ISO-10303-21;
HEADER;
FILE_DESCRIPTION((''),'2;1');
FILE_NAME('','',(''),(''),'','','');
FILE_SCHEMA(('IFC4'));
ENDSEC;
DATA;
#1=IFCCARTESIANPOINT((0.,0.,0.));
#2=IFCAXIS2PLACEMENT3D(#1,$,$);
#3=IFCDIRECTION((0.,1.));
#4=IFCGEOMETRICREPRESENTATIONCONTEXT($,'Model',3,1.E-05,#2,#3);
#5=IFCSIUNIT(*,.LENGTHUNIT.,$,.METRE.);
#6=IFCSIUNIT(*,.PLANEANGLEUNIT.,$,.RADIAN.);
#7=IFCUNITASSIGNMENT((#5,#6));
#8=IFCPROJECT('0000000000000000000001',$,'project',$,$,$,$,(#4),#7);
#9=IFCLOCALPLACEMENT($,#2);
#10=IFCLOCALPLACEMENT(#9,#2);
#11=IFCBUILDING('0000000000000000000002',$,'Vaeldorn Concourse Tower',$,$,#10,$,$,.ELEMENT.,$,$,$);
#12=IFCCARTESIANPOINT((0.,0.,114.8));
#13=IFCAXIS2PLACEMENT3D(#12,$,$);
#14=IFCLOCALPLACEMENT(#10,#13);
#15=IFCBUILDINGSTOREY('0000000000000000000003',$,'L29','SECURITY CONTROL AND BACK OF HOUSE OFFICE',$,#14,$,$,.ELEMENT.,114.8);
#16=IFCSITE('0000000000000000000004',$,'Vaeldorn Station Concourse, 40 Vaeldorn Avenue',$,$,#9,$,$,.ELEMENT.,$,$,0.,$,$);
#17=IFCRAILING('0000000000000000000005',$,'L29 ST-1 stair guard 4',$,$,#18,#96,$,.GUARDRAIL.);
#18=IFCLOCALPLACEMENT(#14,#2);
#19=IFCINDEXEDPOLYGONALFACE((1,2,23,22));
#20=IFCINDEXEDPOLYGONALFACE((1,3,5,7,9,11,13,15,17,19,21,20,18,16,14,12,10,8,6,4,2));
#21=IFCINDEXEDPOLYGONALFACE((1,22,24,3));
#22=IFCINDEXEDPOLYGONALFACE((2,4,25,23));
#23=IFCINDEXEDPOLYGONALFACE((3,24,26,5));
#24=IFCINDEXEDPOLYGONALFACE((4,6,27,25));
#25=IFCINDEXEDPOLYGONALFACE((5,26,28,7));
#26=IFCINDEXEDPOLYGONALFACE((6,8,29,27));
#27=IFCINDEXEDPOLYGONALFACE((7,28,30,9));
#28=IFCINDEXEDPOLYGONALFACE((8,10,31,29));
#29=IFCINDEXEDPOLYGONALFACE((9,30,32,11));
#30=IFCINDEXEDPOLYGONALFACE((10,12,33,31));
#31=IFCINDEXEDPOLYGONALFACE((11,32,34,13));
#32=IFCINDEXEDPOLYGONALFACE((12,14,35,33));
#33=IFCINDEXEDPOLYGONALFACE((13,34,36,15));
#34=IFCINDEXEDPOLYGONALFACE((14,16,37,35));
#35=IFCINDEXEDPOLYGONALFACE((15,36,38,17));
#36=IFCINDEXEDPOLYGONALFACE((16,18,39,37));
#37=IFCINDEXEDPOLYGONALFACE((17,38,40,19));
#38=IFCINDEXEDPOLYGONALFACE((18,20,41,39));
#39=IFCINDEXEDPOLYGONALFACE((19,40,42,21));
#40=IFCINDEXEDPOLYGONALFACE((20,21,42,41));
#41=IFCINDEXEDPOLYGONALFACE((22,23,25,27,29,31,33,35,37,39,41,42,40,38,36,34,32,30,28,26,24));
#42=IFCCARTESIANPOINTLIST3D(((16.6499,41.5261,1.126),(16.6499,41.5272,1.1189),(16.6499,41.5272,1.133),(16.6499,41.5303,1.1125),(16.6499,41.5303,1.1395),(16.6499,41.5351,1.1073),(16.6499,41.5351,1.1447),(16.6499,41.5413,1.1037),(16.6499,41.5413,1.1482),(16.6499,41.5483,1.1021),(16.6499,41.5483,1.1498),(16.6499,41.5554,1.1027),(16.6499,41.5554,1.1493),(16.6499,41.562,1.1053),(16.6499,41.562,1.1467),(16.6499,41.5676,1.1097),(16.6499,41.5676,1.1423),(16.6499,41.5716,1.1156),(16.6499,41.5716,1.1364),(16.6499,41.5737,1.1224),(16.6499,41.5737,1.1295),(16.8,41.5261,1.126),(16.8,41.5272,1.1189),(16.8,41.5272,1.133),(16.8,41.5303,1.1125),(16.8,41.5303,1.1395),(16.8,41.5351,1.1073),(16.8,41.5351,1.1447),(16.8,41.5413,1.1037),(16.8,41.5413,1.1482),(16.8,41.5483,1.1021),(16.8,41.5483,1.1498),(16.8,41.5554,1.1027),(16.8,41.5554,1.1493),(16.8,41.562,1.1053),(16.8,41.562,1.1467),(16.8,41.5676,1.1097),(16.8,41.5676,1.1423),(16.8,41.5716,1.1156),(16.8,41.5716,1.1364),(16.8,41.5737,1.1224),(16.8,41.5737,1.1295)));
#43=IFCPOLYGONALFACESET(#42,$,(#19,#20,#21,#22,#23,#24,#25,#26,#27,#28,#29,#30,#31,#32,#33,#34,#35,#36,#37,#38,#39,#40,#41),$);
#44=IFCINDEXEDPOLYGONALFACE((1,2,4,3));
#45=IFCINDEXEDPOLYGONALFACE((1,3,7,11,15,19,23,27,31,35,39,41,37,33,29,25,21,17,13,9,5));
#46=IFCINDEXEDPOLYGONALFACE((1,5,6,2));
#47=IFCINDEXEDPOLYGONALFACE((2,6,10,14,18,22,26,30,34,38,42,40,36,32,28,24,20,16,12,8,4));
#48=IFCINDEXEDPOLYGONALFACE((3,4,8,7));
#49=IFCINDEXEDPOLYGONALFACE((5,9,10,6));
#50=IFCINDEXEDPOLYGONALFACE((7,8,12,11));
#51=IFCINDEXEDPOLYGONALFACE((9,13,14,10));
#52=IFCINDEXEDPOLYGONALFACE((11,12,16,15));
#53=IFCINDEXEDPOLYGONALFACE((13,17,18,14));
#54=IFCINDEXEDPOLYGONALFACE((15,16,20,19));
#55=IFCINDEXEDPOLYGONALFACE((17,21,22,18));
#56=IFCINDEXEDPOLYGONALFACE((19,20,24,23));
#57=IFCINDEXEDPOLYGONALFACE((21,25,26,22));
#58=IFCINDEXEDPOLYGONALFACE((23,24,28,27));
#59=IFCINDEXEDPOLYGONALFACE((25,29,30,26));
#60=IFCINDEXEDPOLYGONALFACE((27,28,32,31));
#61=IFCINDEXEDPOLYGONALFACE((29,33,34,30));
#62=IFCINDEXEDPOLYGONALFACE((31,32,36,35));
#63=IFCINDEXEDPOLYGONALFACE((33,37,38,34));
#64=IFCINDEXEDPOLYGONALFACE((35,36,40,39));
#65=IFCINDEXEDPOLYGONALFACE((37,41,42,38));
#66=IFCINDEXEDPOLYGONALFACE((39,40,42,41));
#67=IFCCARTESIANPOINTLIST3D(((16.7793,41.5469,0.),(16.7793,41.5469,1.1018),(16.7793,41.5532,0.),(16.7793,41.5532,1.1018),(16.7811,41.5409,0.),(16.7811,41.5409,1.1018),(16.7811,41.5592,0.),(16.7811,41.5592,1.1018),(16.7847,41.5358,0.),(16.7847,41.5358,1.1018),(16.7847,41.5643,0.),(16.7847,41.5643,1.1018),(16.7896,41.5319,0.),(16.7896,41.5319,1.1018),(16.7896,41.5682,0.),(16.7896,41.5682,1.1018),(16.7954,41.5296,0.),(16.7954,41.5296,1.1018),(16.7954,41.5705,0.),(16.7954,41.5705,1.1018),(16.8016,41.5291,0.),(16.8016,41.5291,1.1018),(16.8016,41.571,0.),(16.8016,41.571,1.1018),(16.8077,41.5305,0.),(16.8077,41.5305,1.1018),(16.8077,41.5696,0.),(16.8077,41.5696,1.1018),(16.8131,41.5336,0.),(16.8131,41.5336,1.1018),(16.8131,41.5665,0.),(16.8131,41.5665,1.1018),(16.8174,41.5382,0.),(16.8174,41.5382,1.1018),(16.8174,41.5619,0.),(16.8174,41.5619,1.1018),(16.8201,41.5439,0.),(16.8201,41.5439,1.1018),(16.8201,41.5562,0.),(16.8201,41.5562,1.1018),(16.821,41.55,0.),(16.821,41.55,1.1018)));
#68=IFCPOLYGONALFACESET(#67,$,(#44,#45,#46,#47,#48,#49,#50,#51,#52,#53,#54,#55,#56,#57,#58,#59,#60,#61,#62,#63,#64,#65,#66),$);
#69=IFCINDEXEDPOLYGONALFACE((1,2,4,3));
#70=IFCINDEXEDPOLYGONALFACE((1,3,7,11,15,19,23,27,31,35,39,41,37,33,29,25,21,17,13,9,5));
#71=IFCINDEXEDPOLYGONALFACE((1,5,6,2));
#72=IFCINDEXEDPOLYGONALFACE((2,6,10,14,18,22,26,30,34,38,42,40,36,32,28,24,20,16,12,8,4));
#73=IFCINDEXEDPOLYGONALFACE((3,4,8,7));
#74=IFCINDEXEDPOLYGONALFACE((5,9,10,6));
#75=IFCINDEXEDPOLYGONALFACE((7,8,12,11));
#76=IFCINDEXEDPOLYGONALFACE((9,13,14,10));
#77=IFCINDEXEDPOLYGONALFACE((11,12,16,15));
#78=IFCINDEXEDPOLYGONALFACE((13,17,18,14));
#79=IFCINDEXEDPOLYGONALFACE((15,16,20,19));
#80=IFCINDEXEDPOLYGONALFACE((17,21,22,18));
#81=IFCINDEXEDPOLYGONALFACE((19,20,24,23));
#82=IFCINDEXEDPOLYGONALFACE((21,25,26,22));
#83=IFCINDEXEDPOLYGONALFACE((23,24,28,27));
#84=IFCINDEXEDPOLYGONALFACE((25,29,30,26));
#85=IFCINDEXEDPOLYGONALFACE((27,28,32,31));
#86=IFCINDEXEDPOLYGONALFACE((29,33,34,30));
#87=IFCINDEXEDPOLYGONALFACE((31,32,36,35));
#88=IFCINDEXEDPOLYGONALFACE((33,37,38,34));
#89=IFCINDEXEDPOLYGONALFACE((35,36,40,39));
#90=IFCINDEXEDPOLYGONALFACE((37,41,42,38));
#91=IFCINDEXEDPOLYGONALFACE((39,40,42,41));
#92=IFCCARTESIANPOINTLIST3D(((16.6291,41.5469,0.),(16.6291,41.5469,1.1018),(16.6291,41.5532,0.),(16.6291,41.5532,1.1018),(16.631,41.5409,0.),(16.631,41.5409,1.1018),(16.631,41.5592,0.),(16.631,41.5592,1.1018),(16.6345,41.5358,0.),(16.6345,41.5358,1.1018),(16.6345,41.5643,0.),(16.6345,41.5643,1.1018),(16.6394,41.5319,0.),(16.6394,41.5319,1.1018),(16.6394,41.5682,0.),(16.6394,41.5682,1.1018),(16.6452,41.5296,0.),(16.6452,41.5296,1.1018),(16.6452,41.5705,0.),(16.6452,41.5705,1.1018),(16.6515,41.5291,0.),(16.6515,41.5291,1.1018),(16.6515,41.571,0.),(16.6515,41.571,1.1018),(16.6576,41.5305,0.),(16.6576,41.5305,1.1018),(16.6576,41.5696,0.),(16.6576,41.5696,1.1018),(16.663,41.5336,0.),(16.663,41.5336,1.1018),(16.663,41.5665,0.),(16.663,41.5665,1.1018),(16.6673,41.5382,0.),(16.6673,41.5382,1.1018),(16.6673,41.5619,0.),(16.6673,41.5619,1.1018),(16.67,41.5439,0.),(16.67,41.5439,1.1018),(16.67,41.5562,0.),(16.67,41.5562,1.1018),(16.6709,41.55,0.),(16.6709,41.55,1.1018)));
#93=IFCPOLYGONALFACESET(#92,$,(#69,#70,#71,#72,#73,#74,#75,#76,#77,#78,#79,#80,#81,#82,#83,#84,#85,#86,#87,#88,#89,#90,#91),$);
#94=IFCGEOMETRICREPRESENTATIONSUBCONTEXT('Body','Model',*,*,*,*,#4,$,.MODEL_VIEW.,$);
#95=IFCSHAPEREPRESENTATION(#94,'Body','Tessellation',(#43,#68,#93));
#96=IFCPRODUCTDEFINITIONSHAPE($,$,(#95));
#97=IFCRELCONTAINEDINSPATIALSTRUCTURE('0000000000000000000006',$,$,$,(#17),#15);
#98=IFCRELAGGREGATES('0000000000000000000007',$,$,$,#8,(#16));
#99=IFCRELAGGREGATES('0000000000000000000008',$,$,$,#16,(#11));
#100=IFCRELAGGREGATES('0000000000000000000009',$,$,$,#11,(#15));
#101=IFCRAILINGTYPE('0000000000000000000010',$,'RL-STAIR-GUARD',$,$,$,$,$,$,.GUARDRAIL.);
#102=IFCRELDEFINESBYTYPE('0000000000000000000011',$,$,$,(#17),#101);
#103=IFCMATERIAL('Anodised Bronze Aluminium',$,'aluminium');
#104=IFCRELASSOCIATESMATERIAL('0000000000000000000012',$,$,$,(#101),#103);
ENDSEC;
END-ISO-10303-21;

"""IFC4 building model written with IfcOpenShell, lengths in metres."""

from ifc_helpers import new_model, si_unit, direction, frame, origin, origin_2d, place, context, subcontext, project, spatial, circle, extrude, material, type_object, element, save


model = new_model("IFC4")

# Units and contexts
model_context = context("Model", 3, precision=1e-05, world=origin(), true_north=direction((0.0, 1.0)))
body_context = subcontext(model_context, "Body", "Model", "MODEL_VIEW")
ifc_project = project(units=[si_unit("LENGTHUNIT", "METRE"), si_unit("PLANEANGLEUNIT", "RADIAN")], contexts=[model_context])

# Site, building, storey
site_placement = place(None, origin())
site = spatial("IfcSite", under=ifc_project, at=site_placement, Name="Vaeldorn Station Concourse, 40 Vaeldorn Avenue", CompositionType="ELEMENT", RefElevation=0.0)
building_placement = place(site_placement, origin())
building = spatial("IfcBuilding", under=site, at=building_placement, Name="Vaeldorn Concourse Tower", CompositionType="ELEMENT")
storey_placement = place(building_placement, frame((0.0, 0.0, 114.8)))
storey = spatial("IfcBuildingStorey", under=building, at=storey_placement, Name="L29", Description="SECURITY CONTROL AND BACK OF HOUSE OFFICE", CompositionType="ELEMENT", Elevation=114.8)

# Shared definitions
ifc_material_1 = material(Name="Anodised Bronze Aluminium", Category="aluminium")

# Railing
railing_type_1 = type_object("IfcRailingType", Name="RL-STAIR-GUARD", PredefinedType="GUARDRAIL", material=ifc_material_1)
railing_1_placement = place(storey_placement, frame((16.8, 41.55, 0.0)))
element("IfcRailing", 1, at=railing_1_placement, inside=storey, type_object=railing_type_1, Name="L29 ST-1 stair guard 4", PredefinedType="GUARDRAIL", context=body_context, shape_type="SweptSolid", body=[
    extrude(circle(Radius=0.0239, at=origin_2d()), frame((0.0, 0.0, 1.126), z_axis=(-1.0, 0.0, 0.0), x_axis=(0.0, -1.0, 0.0)), (0.0, 0.0, 1.0), 0.1501),
    extrude(circle(Radius=0.021, at=origin_2d()), origin(), (0.0, 0.0, 1.0), 1.1018),
    extrude(circle(Radius=0.021, at=origin_2d()), frame((-0.1501, 0.0, 0.0)), (0.0, 0.0, 1.0), 1.1018),
])

save(model, "model.ifc")
